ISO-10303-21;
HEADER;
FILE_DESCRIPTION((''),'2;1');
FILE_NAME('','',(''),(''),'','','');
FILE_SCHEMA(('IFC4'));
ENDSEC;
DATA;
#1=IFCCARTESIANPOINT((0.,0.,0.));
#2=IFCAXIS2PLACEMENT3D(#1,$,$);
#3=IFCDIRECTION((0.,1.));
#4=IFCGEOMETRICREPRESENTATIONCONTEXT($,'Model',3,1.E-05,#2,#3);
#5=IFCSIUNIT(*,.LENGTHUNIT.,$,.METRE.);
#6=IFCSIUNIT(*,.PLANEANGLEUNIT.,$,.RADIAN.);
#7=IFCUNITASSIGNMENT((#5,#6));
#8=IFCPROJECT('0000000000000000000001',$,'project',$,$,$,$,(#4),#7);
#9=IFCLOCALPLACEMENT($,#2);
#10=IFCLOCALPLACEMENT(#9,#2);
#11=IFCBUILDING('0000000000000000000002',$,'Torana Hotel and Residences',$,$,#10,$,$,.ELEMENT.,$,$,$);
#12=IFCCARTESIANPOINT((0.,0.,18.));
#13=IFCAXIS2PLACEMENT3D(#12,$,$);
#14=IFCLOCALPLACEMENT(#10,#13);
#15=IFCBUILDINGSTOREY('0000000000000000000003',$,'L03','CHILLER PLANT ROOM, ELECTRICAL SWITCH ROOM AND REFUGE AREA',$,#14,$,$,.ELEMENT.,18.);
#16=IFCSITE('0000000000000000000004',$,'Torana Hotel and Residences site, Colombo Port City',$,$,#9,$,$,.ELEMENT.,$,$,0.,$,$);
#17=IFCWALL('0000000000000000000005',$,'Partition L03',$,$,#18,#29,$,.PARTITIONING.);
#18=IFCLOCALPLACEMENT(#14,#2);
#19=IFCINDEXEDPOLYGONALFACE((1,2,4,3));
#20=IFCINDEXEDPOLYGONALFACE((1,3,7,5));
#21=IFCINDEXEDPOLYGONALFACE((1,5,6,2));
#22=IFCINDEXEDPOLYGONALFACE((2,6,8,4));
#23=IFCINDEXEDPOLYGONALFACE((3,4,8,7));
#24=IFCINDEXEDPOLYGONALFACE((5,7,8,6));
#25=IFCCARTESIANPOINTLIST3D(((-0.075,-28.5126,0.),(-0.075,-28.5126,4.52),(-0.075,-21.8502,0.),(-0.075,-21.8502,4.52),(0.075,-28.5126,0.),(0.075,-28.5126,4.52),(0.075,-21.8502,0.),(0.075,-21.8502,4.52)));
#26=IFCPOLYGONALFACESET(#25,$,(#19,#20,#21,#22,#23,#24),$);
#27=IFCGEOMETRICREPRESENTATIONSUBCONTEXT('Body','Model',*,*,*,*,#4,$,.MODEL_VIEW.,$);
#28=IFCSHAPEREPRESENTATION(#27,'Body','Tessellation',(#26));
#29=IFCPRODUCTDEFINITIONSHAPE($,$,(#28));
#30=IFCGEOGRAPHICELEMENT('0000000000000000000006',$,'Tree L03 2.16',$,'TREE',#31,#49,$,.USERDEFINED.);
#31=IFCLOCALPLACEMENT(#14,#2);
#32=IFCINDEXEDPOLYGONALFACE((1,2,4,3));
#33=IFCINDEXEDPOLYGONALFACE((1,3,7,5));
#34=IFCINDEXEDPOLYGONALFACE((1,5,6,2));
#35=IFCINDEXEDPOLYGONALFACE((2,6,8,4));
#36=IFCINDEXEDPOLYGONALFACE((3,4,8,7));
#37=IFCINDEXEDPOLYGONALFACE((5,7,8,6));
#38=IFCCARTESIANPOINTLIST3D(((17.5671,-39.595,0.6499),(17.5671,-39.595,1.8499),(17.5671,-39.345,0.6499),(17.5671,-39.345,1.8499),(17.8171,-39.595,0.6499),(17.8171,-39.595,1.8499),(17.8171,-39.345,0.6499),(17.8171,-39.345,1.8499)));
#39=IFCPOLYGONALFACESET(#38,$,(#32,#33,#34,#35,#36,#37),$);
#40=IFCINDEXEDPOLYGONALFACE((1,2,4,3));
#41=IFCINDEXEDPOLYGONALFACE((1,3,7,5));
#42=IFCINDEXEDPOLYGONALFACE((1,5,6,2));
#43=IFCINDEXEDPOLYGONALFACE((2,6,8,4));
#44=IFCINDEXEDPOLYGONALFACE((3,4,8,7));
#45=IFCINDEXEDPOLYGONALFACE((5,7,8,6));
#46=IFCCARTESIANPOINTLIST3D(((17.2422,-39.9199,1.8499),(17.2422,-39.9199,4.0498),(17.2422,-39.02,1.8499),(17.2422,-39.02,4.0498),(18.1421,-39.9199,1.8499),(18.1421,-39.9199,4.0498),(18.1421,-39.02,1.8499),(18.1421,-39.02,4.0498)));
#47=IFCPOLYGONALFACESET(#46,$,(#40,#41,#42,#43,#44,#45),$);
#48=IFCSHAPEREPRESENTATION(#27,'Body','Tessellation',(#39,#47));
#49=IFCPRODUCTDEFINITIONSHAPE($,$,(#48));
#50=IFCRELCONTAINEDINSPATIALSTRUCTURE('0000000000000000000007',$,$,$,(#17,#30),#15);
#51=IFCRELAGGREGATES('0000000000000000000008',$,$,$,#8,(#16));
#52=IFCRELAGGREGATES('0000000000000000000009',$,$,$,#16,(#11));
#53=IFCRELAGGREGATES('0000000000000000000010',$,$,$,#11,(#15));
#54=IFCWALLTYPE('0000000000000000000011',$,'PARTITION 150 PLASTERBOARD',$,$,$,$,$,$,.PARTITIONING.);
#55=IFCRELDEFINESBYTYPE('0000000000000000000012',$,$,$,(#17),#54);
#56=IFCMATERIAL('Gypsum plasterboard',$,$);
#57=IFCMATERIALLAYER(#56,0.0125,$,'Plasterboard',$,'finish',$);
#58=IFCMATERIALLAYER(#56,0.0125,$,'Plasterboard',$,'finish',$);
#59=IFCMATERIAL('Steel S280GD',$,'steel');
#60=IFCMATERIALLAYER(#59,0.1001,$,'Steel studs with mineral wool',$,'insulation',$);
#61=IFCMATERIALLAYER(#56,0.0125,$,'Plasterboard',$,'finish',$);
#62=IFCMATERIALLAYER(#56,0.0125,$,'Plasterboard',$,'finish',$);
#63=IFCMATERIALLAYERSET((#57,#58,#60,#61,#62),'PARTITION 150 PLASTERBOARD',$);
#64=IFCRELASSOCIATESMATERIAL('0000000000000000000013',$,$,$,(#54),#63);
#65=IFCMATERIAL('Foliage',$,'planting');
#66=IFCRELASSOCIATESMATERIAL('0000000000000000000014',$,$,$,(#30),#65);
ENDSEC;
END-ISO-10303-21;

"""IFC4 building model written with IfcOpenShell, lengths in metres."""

from ifc_helpers import new_model, si_unit, direction, frame, frame_2d, origin, origin_2d, place, context, subcontext, project, spatial, rectangle, extrude, material, layer, layer_set, type_object, element, save


model = new_model("IFC4")

# Units and contexts
model_context = context("Model", 3, precision=1e-05, world=origin(), true_north=direction((0.0, 1.0)))
body_context = subcontext(model_context, "Body", "Model", "MODEL_VIEW")
ifc_project = project(units=[si_unit("LENGTHUNIT", "METRE"), si_unit("PLANEANGLEUNIT", "RADIAN")], contexts=[model_context])

# Site, building, storey
site_placement = place(None, origin())
site = spatial("IfcSite", under=ifc_project, at=site_placement, Name="Torana Hotel and Residences site, Colombo Port City", CompositionType="ELEMENT", RefElevation=0.0)
building_placement = place(site_placement, origin())
building = spatial("IfcBuilding", under=site, at=building_placement, Name="Torana Hotel and Residences", CompositionType="ELEMENT")
storey_placement = place(building_placement, frame((0.0, 0.0, 18.0)))
storey = spatial("IfcBuildingStorey", under=building, at=storey_placement, Name="L03", Description="CHILLER PLANT ROOM, ELECTRICAL SWITCH ROOM AND REFUGE AREA", CompositionType="ELEMENT", Elevation=18.0)

# Wall
ifc_material_1 = material(Name="Gypsum plasterboard")
ifc_layer_1 = layer(ifc_material_1, 0.0125, Name="Plasterboard", Category="finish")
ifc_layer_2 = layer(ifc_material_1, 0.0125, Name="Plasterboard", Category="finish")
ifc_material_2 = material(Name="Steel S280GD", Category="steel")
ifc_layer_3 = layer(ifc_material_2, 0.1001, Name="Steel studs with mineral wool", Category="insulation")
ifc_layer_4 = layer(ifc_material_1, 0.0125, Name="Plasterboard", Category="finish")
ifc_layer_5 = layer(ifc_material_1, 0.0125, Name="Plasterboard", Category="finish")
ifc_layer_set = layer_set([ifc_layer_1, ifc_layer_2, ifc_layer_3, ifc_layer_4, ifc_layer_5], Name="PARTITION 150 PLASTERBOARD")
wall_type = type_object("IfcWallType", Name="PARTITION 150 PLASTERBOARD", PredefinedType="PARTITIONING", material=ifc_layer_set)
wall_1_placement = place(storey_placement, frame((0.0, -28.5125, 0.0), z_axis=(0.0, 0.0, 1.0), x_axis=(0.0, 1.0, 0.0)))
element("IfcWall", 1, at=wall_1_placement, inside=storey, type_object=wall_type, Name="Partition L03", PredefinedType="PARTITIONING", context=body_context, shape_type="SweptSolid", body=[
    extrude(rectangle(XDim=6.6624, YDim=0.1499, at=frame_2d((3.3311, 0.0))), origin(), (0.0, 0.0, 1.0), 4.52),
])

# Geographic element
ifc_material_3 = material(Name="Foliage", Category="planting")
geographic_element_placement = place(storey_placement, frame((17.6921, -39.47, 0.6499), z_axis=(0.0, 0.0, 1.0), x_axis=(1.0, 0.0, 0.0)))
element("IfcGeographicElement", 2, at=geographic_element_placement, inside=storey, material=ifc_material_3, Name="Tree L03 2.16", ObjectType="TREE", PredefinedType="USERDEFINED", context=body_context, shape_type="SweptSolid", body=[
    extrude(rectangle(XDim=0.25, YDim=0.25, at=origin_2d()), origin(), (0.0, 0.0, 1.0), 1.2),
    extrude(rectangle(XDim=0.8999, YDim=0.8999, at=origin_2d()), frame((0.0, 0.0, 1.2)), (0.0, 0.0, 1.0), 2.2),
])

save(model, "model.ifc")
